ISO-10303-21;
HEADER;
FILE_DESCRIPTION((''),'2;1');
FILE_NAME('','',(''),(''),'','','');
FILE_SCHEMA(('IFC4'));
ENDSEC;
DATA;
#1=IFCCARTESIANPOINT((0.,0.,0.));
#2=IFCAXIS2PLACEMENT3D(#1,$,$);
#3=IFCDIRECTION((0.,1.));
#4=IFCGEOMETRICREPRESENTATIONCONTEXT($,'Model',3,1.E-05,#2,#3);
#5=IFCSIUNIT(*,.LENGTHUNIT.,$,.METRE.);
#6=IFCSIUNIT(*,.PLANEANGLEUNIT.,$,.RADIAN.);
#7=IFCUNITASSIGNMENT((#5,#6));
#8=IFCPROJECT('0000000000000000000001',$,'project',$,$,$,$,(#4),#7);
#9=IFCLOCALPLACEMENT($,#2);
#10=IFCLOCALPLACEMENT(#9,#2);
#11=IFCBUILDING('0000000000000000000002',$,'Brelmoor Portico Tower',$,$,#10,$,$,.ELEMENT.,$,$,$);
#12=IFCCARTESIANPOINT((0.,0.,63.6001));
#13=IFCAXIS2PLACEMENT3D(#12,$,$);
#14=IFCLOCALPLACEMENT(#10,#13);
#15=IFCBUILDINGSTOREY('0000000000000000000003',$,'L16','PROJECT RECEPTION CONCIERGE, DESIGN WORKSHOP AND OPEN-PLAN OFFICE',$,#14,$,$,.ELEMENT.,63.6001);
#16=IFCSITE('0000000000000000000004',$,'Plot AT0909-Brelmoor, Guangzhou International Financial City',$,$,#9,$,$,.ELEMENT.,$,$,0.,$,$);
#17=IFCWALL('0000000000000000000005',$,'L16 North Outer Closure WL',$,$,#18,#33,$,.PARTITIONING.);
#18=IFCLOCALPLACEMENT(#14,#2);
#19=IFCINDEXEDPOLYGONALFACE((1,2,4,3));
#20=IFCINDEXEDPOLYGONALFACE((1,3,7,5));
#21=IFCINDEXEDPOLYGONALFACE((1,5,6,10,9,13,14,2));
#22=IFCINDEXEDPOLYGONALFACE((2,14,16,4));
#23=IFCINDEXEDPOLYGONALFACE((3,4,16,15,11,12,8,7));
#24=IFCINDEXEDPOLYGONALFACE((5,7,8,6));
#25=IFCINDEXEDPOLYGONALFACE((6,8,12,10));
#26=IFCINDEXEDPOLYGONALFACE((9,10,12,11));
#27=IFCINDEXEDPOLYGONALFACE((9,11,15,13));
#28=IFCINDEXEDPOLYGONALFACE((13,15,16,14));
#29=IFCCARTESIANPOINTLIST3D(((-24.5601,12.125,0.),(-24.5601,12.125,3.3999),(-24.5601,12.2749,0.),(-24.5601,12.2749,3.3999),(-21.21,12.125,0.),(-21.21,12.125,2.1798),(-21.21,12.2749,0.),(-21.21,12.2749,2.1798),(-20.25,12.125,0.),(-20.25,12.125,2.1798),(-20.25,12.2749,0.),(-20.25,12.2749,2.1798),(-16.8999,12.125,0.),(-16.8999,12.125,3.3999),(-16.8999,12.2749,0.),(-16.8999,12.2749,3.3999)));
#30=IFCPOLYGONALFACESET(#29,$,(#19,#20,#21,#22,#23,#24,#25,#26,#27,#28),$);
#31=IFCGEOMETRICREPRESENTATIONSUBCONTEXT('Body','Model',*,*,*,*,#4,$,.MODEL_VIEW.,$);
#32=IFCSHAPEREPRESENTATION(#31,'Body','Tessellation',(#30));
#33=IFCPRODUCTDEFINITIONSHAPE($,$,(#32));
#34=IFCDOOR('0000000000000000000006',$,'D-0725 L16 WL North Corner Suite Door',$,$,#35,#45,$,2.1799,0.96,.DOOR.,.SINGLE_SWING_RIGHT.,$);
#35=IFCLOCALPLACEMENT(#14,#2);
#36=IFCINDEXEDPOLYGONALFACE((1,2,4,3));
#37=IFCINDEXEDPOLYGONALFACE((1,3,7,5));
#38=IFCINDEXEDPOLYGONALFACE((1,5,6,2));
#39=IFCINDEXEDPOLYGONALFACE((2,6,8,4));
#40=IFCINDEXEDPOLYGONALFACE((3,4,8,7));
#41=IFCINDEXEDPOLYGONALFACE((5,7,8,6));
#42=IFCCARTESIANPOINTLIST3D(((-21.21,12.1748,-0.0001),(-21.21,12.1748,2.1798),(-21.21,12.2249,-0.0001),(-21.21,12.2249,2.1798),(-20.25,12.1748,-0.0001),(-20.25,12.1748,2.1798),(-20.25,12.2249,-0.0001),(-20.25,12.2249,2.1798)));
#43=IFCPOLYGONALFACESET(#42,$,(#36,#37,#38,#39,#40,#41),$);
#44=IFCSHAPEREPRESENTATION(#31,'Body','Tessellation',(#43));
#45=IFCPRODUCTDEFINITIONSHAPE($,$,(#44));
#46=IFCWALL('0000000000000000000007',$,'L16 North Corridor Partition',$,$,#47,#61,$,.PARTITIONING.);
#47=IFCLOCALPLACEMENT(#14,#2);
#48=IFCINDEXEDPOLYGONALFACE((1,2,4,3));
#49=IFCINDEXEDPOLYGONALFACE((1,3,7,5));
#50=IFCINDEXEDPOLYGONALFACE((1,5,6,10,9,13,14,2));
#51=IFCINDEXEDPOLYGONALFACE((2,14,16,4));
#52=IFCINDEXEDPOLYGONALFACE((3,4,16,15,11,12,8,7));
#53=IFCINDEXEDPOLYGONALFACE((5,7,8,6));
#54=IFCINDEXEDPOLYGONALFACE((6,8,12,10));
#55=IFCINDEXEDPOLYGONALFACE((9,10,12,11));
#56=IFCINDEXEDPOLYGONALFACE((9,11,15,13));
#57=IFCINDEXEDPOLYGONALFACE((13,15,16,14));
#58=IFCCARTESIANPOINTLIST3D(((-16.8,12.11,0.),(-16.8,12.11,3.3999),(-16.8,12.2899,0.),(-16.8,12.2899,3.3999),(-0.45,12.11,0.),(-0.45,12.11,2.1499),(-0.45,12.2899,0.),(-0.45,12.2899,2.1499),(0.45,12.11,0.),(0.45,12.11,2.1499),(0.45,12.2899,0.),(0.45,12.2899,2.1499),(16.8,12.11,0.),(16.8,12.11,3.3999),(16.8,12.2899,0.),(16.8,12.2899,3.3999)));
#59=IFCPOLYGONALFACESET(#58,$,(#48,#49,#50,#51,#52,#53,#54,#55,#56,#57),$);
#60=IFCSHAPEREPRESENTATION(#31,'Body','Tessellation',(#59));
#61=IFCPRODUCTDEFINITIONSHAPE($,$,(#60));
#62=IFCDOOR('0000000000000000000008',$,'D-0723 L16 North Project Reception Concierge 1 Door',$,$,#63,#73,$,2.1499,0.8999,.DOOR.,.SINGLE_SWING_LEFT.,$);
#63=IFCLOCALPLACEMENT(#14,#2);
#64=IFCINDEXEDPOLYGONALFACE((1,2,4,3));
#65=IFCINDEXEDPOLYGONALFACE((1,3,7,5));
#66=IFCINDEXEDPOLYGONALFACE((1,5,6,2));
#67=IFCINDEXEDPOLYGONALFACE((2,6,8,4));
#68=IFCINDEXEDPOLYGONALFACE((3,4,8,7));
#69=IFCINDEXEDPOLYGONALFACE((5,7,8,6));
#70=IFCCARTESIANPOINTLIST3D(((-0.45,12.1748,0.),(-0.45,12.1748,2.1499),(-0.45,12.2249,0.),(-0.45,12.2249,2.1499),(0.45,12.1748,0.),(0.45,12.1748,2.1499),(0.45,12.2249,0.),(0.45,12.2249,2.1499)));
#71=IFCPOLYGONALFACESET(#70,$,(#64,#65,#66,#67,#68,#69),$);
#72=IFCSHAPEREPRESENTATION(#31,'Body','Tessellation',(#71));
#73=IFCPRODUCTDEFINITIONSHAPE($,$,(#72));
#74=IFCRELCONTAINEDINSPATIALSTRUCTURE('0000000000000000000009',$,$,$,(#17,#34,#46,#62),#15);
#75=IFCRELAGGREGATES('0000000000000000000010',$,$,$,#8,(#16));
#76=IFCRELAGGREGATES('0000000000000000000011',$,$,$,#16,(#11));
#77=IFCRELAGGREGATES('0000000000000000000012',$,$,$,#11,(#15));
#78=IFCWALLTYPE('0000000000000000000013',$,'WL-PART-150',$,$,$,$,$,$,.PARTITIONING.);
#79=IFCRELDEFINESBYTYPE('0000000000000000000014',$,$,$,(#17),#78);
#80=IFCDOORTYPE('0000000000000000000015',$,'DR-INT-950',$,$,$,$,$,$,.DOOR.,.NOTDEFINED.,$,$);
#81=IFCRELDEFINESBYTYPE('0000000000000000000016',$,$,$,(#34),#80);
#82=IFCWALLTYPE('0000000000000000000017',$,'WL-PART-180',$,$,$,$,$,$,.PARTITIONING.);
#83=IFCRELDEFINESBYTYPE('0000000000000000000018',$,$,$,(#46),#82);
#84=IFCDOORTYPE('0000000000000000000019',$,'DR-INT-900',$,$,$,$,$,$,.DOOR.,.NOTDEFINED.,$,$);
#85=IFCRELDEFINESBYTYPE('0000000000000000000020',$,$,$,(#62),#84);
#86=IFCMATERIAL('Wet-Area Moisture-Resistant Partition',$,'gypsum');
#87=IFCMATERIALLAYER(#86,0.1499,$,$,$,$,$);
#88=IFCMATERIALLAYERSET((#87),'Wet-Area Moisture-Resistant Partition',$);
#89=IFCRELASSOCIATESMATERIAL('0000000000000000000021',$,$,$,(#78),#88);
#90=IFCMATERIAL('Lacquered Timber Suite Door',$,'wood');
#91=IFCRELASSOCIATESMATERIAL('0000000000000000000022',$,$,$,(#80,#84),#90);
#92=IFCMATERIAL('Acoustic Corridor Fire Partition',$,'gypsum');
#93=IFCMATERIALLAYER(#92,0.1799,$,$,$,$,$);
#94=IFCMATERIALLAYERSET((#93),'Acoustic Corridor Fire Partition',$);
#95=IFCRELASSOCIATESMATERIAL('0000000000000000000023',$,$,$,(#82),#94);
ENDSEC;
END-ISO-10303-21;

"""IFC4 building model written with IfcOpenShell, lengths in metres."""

from ifc_helpers import new_model, si_unit, direction, frame, frame_2d, origin, place, context, subcontext, project, spatial, rectangle, extrude, material, layer, layer_set, type_object, element, fill, save


model = new_model("IFC4")

# Units and contexts
model_context = context("Model", 3, precision=1e-05, world=origin(), true_north=direction((0.0, 1.0)))
body_context = subcontext(model_context, "Body", "Model", "MODEL_VIEW")
ifc_project = project(units=[si_unit("LENGTHUNIT", "METRE"), si_unit("PLANEANGLEUNIT", "RADIAN")], contexts=[model_context])

# Site, building, storey
site_placement = place(None, origin())
site = spatial("IfcSite", under=ifc_project, at=site_placement, Name="Plot AT0909-Brelmoor, Guangzhou International Financial City", CompositionType="ELEMENT", RefElevation=0.0)
building_placement = place(site_placement, origin())
building = spatial("IfcBuilding", under=site, at=building_placement, Name="Brelmoor Portico Tower", CompositionType="ELEMENT")
storey_placement = place(building_placement, frame((0.0, 0.0, 63.6001)))
storey = spatial("IfcBuildingStorey", under=building, at=storey_placement, Name="L16", Description="PROJECT RECEPTION CONCIERGE, DESIGN WORKSHOP AND OPEN-PLAN OFFICE", CompositionType="ELEMENT", Elevation=63.6001)

# Walls, openings, doors
ifc_material_1 = material(Name="Wet-Area Moisture-Resistant Partition", Category="gypsum")
ifc_layer_1 = layer(ifc_material_1, 0.1499)
ifc_layer_set_1 = layer_set([ifc_layer_1], Name="Wet-Area Moisture-Resistant Partition")
wall_type_1 = type_object("IfcWallType", Name="WL-PART-150", PredefinedType="PARTITIONING", material=ifc_layer_set_1)
wall_1_placement = place(storey_placement, frame((-24.5601, 12.2, 0.0), z_axis=(0.0, 0.0, 1.0), x_axis=(1.0, 0.0, 0.0)))
wall_1 = element("IfcWall", 1, at=wall_1_placement, inside=storey, type_object=wall_type_1, Name="L16 North Outer Closure WL", PredefinedType="PARTITIONING", context=body_context, shape_type="SweptSolid", body=[
    extrude(rectangle(XDim=7.6602, YDim=0.1499, at=frame_2d((3.8301, 0.0))), origin(), (0.0, 0.0, 1.0), 3.3999),
])
opening_1_placement = place(wall_1_placement, frame((3.3501, 0.0, 0.0)))
opening_1 = element("IfcOpeningElement", 2, at=opening_1_placement, cuts=wall_1, PredefinedType="OPENING", context=body_context, shape_type="SweptSolid", body=[
    extrude(rectangle(XDim=0.96, YDim=2.1799, at=frame_2d((0.48, 1.0898))), frame((0.0, 0.085, 0.0), z_axis=(0.0, -1.0, 0.0), x_axis=(1.0, 0.0, 0.0)), (0.0, 0.0, 1.0), 0.1699),
])
ifc_material_2 = material(Name="Lacquered Timber Suite Door", Category="wood")
door_type_1 = type_object("IfcDoorType", Name="DR-INT-950", OperationType="NOTDEFINED", PredefinedType="DOOR", material=ifc_material_2)
door_1_placement = place(opening_1_placement, origin())
door_1 = element("IfcDoor", 3, at=door_1_placement, inside=storey, type_object=door_type_1, Name="D-0725 L16 WL North Corner Suite Door", OperationType="SINGLE_SWING_RIGHT", OverallHeight=2.1799, OverallWidth=0.96, PredefinedType="DOOR", context=body_context, shape_type="SweptSolid", body=[
    extrude(rectangle(XDim=0.96, YDim=2.1799, at=frame_2d((0.48, 1.0898))), frame((0.0, 0.0249, 0.0), z_axis=(0.0, -1.0, 0.0), x_axis=(1.0, 0.0, 0.0)), (0.0, 0.0, 1.0), 0.05),
])
fill(opening_1, door_1)
ifc_material_3 = material(Name="Acoustic Corridor Fire Partition", Category="gypsum")
ifc_layer_2 = layer(ifc_material_3, 0.1799)
ifc_layer_set_2 = layer_set([ifc_layer_2], Name="Acoustic Corridor Fire Partition")
wall_type_2 = type_object("IfcWallType", Name="WL-PART-180", PredefinedType="PARTITIONING", material=ifc_layer_set_2)
wall_2_placement = place(storey_placement, frame((-16.8, 12.2, 0.0), z_axis=(0.0, 0.0, 1.0), x_axis=(1.0, 0.0, 0.0)))
wall_2 = element("IfcWall", 4, at=wall_2_placement, inside=storey, type_object=wall_type_2, Name="L16 North Corridor Partition", PredefinedType="PARTITIONING", context=body_context, shape_type="SweptSolid", body=[
    extrude(rectangle(XDim=33.6001, YDim=0.1799, at=frame_2d((16.8, 0.0))), origin(), (0.0, 0.0, 1.0), 3.3999),
])
opening_2_placement = place(wall_2_placement, frame((16.3501, 0.0, 0.0)))
opening_2 = element("IfcOpeningElement", 5, at=opening_2_placement, cuts=wall_2, PredefinedType="OPENING", context=body_context, shape_type="SweptSolid", body=[
    extrude(rectangle(XDim=0.8999, YDim=2.1499, at=frame_2d((0.45, 1.075))), frame((0.0, 0.0999, 0.0), z_axis=(0.0, -1.0, 0.0), x_axis=(1.0, 0.0, 0.0)), (0.0, 0.0, 1.0), 0.2),
])
door_type_2 = type_object("IfcDoorType", Name="DR-INT-900", OperationType="NOTDEFINED", PredefinedType="DOOR", material=ifc_material_2)
door_2_placement = place(opening_2_placement, origin())
door_2 = element("IfcDoor", 6, at=door_2_placement, inside=storey, type_object=door_type_2, Name="D-0723 L16 North Project Reception Concierge 1 Door", OperationType="SINGLE_SWING_LEFT", OverallHeight=2.1499, OverallWidth=0.8999, PredefinedType="DOOR", context=body_context, shape_type="SweptSolid", body=[
    extrude(rectangle(XDim=0.8999, YDim=2.1499, at=frame_2d((0.45, 1.075))), frame((0.0, 0.0249, 0.0), z_axis=(0.0, -1.0, 0.0), x_axis=(1.0, 0.0, 0.0)), (0.0, 0.0, 1.0), 0.05),
])
fill(opening_2, door_2)

save(model, "model.ifc")
